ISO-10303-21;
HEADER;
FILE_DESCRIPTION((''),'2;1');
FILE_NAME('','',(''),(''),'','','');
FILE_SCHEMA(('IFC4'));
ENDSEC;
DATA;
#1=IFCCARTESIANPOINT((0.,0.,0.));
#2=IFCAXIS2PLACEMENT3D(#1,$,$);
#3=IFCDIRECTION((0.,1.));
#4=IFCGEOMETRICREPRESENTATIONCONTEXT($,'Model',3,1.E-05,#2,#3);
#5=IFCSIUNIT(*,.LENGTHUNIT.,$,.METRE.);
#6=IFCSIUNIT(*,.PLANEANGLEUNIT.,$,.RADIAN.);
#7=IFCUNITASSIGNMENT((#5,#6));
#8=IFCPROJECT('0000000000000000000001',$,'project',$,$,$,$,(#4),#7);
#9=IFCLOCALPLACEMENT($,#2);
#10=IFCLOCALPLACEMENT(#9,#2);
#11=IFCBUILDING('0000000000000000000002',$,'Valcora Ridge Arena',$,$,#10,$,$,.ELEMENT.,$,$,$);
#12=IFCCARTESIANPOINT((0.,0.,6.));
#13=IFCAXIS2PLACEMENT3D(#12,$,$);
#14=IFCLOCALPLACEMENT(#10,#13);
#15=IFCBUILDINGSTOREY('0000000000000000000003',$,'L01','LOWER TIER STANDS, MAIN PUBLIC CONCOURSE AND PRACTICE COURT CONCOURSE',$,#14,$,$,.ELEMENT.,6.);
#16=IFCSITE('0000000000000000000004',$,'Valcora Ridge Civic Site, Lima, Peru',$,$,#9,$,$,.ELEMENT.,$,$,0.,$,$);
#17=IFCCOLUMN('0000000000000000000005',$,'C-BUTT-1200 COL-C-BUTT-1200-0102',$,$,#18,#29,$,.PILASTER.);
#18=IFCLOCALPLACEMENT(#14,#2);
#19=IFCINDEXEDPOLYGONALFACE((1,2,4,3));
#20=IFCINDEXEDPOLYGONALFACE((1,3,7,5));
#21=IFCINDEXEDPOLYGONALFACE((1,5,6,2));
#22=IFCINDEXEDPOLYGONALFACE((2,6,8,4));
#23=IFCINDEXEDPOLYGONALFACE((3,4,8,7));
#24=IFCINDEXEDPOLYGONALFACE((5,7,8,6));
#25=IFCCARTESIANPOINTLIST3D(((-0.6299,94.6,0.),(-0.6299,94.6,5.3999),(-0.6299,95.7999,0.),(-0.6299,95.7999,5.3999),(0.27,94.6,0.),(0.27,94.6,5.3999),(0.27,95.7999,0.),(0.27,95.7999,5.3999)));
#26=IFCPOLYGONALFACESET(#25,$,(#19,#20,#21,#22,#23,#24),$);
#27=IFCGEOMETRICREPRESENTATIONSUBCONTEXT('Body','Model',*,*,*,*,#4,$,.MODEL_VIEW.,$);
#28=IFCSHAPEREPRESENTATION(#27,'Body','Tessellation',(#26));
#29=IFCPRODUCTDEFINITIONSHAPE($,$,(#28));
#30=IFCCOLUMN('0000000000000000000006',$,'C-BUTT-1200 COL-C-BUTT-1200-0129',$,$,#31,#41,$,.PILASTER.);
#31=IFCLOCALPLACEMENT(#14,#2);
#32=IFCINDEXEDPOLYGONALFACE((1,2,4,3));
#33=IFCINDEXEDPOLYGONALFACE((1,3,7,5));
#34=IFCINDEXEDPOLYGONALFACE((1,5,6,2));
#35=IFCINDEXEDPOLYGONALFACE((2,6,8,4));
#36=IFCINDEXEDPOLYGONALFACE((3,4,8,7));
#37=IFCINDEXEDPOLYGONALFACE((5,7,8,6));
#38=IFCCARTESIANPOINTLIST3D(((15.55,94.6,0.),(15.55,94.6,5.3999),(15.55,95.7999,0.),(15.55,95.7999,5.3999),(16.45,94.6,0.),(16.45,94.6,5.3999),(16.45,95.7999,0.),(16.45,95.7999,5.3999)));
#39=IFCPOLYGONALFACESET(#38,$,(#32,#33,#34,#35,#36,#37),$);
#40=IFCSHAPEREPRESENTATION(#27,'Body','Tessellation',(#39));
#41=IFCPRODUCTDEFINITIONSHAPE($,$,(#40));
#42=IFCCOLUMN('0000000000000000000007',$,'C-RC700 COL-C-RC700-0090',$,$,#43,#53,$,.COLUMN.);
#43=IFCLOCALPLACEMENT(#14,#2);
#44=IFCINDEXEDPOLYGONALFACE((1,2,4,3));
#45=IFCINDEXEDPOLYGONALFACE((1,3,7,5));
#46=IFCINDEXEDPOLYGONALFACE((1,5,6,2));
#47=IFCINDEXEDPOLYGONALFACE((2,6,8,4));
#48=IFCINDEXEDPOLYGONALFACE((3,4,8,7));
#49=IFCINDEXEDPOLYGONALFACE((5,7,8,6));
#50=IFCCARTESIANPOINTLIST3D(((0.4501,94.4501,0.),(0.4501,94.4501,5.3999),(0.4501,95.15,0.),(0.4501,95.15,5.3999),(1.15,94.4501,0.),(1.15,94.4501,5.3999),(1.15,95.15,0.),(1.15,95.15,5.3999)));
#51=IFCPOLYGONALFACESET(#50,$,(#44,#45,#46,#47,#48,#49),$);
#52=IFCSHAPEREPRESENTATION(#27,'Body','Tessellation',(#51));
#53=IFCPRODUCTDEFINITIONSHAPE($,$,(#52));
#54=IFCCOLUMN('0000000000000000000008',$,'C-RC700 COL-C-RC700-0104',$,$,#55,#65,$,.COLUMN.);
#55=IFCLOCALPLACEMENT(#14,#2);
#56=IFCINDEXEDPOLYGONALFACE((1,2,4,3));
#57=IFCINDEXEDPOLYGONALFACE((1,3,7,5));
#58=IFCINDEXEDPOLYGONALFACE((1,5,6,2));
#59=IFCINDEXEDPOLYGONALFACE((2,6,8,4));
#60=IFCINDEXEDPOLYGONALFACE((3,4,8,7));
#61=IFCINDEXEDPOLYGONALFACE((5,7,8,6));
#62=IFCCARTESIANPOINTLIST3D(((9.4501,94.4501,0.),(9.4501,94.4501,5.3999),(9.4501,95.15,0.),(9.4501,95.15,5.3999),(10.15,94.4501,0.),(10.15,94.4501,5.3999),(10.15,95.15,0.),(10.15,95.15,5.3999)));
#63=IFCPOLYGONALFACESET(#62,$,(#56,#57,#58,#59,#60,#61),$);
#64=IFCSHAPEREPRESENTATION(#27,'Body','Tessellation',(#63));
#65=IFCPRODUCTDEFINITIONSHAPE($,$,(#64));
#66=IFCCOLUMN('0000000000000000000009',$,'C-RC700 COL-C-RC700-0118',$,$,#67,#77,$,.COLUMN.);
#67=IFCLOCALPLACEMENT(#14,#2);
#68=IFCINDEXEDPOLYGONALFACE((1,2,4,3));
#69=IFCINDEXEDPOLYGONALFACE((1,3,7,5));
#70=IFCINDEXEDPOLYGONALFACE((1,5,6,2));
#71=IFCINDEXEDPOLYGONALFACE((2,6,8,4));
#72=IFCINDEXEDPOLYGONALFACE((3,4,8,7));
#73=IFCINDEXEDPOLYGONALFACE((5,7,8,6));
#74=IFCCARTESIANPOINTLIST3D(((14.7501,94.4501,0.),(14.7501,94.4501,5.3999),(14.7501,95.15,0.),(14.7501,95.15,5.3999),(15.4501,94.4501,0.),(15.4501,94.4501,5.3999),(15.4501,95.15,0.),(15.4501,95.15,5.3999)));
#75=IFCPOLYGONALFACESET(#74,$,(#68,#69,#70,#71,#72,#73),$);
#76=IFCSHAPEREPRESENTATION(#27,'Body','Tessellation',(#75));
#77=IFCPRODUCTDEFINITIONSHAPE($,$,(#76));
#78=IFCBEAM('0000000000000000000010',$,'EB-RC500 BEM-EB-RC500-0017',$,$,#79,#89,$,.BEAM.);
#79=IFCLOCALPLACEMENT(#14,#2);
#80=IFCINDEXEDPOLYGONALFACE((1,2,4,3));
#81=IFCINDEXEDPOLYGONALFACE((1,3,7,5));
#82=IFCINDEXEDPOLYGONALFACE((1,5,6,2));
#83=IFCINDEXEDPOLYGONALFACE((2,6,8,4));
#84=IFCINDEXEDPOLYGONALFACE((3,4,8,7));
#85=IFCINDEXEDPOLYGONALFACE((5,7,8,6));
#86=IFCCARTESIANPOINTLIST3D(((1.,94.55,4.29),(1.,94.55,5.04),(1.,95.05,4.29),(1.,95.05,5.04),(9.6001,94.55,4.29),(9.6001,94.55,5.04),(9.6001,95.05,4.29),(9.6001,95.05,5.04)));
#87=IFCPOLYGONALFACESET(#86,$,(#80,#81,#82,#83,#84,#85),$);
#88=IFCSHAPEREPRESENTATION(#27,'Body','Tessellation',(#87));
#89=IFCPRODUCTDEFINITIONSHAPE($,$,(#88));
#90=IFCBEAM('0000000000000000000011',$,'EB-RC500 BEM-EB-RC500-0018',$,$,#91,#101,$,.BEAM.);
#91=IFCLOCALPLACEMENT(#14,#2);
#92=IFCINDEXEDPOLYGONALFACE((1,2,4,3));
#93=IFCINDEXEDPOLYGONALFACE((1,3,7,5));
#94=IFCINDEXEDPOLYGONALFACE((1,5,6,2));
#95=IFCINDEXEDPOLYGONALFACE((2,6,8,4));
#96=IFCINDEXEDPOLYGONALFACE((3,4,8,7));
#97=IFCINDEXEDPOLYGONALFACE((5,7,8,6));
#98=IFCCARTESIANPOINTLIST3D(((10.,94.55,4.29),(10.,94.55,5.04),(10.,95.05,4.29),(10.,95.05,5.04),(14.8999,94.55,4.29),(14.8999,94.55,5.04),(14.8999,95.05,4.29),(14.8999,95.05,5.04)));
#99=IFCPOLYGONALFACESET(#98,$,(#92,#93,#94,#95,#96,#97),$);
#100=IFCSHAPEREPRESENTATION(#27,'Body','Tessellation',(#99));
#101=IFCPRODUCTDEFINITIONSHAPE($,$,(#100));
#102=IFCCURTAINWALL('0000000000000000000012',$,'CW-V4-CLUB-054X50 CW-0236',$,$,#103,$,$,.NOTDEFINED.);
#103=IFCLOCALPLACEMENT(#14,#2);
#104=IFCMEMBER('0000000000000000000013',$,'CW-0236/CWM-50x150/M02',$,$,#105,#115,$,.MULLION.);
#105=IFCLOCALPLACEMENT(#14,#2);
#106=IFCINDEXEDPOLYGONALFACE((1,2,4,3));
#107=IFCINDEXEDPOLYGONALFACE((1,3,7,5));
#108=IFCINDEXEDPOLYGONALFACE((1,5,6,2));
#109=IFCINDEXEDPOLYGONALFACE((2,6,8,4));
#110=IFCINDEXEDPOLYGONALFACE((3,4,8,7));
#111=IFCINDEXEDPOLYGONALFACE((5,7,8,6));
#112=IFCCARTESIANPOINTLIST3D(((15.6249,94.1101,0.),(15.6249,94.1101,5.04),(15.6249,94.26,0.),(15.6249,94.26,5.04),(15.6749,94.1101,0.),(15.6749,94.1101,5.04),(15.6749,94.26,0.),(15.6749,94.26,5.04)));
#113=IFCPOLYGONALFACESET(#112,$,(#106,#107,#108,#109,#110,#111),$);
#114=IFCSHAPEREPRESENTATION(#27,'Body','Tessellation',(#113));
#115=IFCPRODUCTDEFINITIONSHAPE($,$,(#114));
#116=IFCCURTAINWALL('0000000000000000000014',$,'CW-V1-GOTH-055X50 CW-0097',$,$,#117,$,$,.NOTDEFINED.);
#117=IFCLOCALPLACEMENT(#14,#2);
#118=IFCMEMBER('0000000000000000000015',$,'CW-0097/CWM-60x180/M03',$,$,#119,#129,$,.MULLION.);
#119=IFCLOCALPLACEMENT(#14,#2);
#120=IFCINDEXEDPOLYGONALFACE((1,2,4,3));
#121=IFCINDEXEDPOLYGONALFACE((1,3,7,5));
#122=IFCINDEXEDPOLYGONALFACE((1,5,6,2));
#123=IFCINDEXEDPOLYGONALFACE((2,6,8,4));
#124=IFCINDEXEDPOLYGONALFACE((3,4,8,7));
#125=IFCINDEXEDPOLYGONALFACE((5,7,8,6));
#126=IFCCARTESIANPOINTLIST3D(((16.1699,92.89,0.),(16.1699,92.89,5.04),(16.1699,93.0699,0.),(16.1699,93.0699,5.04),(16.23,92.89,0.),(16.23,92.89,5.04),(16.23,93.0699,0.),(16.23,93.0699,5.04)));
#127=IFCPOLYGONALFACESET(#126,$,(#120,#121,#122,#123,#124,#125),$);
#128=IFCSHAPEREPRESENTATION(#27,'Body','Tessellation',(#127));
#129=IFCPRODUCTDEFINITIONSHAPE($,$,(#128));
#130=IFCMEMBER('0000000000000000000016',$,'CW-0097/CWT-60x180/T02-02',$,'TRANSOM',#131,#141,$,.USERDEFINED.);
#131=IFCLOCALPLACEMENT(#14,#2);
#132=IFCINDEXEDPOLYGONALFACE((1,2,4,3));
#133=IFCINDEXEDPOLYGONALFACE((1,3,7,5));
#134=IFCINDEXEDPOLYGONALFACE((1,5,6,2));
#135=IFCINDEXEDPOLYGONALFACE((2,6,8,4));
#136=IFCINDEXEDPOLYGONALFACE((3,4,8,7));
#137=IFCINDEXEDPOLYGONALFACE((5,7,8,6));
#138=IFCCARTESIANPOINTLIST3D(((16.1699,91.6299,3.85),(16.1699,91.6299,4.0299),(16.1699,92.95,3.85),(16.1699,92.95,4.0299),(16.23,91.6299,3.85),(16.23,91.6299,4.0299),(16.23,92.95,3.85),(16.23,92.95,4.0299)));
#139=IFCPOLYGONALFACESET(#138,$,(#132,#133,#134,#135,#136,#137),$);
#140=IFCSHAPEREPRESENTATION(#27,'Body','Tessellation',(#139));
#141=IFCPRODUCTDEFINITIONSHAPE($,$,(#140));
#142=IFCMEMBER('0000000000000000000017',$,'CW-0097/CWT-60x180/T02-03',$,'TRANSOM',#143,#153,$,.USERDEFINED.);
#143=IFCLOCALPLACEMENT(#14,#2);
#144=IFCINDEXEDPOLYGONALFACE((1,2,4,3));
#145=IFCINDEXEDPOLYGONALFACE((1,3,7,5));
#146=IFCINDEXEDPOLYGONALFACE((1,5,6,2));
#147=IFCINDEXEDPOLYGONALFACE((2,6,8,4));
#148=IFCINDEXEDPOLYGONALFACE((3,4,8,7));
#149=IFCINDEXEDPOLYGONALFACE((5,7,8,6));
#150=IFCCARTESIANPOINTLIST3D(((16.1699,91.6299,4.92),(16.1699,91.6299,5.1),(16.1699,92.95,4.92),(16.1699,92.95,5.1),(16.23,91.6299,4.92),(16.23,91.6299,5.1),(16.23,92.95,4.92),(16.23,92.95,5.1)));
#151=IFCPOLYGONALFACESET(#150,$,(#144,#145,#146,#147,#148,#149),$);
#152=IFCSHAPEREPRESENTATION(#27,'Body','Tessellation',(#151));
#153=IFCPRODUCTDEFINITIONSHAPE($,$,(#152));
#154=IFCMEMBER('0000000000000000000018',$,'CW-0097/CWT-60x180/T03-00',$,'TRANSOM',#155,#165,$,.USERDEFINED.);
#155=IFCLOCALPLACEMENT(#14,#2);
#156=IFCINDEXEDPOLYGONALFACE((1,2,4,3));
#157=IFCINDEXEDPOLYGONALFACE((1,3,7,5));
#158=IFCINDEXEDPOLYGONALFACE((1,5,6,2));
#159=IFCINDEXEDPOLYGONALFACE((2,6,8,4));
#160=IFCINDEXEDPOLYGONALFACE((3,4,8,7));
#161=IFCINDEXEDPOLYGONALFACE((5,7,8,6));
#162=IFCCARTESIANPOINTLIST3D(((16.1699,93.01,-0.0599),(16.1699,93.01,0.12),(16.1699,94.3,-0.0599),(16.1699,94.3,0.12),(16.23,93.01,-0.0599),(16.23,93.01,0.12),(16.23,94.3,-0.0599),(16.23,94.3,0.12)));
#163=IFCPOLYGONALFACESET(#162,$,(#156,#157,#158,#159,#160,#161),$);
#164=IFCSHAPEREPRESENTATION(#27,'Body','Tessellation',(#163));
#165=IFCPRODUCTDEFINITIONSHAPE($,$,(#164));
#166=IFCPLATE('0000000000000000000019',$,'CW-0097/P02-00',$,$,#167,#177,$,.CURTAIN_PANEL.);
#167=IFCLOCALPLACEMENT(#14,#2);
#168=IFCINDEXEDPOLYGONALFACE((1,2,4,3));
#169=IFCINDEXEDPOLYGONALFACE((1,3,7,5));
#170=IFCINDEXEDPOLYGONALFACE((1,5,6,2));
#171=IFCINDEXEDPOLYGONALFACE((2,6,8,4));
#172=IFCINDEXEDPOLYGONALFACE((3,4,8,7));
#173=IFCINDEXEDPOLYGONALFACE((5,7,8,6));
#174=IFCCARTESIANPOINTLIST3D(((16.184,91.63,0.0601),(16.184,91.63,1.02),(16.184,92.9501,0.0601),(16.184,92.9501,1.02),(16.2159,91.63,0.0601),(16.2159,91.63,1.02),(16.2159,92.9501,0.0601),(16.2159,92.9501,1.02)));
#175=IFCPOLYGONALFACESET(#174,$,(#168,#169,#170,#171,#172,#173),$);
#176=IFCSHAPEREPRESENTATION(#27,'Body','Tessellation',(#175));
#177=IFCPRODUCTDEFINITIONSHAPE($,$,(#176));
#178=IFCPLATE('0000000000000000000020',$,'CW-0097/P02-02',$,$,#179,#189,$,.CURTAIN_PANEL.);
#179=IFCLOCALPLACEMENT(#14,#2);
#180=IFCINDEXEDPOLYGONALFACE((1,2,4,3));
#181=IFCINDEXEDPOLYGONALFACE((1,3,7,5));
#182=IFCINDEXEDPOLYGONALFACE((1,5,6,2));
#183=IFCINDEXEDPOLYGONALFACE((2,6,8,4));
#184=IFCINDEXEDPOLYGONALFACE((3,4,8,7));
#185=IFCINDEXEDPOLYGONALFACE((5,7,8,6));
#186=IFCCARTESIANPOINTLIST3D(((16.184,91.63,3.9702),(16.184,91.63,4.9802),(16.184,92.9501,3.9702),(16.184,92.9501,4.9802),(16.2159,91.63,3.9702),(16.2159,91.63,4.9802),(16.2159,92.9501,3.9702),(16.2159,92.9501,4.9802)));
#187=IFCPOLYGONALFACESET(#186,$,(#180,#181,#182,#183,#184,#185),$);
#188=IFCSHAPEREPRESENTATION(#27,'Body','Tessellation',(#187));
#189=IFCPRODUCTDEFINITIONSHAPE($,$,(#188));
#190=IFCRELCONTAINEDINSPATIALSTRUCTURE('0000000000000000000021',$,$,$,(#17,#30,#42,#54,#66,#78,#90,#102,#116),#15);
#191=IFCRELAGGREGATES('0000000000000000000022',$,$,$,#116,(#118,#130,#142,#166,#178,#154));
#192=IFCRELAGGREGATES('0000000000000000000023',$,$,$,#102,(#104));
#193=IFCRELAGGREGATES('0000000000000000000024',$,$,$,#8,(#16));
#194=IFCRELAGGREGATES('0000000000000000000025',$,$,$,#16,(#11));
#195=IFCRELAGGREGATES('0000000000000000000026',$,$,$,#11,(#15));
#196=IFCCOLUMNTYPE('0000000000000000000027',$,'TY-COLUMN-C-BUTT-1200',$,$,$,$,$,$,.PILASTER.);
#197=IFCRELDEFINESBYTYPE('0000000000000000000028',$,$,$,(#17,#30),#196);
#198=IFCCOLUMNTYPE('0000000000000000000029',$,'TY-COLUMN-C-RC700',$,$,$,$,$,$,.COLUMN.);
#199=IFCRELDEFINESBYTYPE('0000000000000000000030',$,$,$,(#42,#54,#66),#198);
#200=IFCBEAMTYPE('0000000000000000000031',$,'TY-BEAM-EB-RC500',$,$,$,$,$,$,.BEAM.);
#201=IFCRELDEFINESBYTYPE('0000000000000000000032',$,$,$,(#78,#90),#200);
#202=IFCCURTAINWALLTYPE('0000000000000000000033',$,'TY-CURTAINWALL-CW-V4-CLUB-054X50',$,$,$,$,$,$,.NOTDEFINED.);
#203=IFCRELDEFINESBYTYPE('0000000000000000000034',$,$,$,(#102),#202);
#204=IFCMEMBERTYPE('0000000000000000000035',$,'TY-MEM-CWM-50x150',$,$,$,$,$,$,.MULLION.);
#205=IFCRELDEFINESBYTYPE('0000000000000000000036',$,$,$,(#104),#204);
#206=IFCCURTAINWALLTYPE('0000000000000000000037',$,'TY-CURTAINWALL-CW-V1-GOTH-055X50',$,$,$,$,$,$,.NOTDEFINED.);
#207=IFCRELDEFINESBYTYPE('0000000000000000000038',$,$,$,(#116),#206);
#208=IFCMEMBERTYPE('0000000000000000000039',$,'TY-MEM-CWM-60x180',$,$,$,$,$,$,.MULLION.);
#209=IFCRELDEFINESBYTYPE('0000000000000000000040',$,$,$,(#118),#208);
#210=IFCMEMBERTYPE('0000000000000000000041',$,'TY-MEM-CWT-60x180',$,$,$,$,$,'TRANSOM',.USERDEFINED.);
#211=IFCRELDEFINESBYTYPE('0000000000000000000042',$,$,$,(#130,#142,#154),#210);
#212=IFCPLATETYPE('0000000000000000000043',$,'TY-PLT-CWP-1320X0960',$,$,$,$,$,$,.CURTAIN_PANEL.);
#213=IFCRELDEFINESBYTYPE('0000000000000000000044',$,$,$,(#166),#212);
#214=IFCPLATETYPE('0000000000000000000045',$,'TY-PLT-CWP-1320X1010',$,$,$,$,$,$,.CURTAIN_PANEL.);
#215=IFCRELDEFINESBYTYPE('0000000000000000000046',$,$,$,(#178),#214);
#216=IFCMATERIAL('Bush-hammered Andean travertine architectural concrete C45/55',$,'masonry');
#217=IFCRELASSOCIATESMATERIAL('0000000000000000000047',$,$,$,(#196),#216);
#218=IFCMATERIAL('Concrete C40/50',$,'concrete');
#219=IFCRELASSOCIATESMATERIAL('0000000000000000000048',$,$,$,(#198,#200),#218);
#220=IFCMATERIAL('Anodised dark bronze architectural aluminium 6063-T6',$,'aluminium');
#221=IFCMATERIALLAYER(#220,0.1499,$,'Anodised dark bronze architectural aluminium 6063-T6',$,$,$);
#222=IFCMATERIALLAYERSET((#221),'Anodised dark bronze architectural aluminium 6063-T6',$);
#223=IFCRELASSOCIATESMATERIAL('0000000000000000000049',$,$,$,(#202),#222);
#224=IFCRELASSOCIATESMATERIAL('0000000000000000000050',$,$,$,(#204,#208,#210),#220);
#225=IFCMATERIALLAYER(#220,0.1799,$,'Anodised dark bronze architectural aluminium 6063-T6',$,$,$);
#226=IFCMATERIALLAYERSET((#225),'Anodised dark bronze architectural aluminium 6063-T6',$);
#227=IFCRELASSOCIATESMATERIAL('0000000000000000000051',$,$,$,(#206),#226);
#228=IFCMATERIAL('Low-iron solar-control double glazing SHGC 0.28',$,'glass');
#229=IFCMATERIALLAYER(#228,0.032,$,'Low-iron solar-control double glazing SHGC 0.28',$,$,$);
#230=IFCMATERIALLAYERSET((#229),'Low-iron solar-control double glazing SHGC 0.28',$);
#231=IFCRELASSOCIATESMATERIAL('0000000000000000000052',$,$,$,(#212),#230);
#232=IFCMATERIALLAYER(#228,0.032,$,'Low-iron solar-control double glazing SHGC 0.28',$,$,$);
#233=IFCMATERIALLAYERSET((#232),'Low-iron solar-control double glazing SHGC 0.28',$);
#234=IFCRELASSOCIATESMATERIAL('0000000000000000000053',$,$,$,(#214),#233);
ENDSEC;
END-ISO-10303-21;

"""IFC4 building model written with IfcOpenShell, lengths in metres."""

from ifc_helpers import new_model, si_unit, direction, frame, origin, origin_2d, place, context, subcontext, project, spatial, rectangle, extrude, material, layer, layer_set, material_profile, profile_set, type_object, element, aggregate, save


model = new_model("IFC4")

# Units and contexts
model_context = context("Model", 3, precision=1e-05, world=origin(), true_north=direction((0.0, 1.0)))
body_context = subcontext(model_context, "Body", "Model", "MODEL_VIEW")
ifc_project = project(units=[si_unit("LENGTHUNIT", "METRE"), si_unit("PLANEANGLEUNIT", "RADIAN")], contexts=[model_context])

# Site, building, storey
site_placement = place(None, origin())
site = spatial("IfcSite", under=ifc_project, at=site_placement, Name="Valcora Ridge Civic Site, Lima, Peru", CompositionType="ELEMENT", RefElevation=0.0)
building_placement = place(site_placement, origin())
building = spatial("IfcBuilding", under=site, at=building_placement, Name="Valcora Ridge Arena", CompositionType="ELEMENT")
storey_placement = place(building_placement, frame((0.0, 0.0, 6.0)))
storey = spatial("IfcBuildingStorey", under=building, at=storey_placement, Name="L01", Description="LOWER TIER STANDS, MAIN PUBLIC CONCOURSE AND PRACTICE COURT CONCOURSE", CompositionType="ELEMENT", Elevation=6.0)

# Columns
ifc_material_1 = material(Name="Bush-hammered Andean travertine architectural concrete C45/55", Category="masonry")
ifc_material_profile_1 = material_profile(ifc_material_1, rectangle(XDim=0.8999, YDim=1.2, at=origin_2d()), Name="RC 900x1200")
ifc_profile_set_1 = profile_set([ifc_material_profile_1], Name="Bush-hammered Andean travertine architectural concrete C45/55")
column_type_1 = type_object("IfcColumnType", Name="TY-COLUMN-C-BUTT-1200", PredefinedType="PILASTER", material=ifc_profile_set_1)
for number, where, z_axis, x_axis, name in (
    (1, (-0.1799, 95.2, 0.0), (0.0, 0.0, 1.0), (1.0, 0.0, 0.0), "C-BUTT-1200 COL-C-BUTT-1200-0102"),
    (2, (16.0, 95.2, 0.0), (0.0, 0.0, 1.0), (1.0, 0.0, 0.0), "C-BUTT-1200 COL-C-BUTT-1200-0129"),
):
    element("IfcColumn", number, at=place(storey_placement, frame(where, z_axis=z_axis, x_axis=x_axis)), inside=storey, type_object=column_type_1, Name=name, PredefinedType="PILASTER", context=body_context, shape_type="SweptSolid", body=[
        extrude(rectangle(XDim=0.8999, YDim=1.2, at=origin_2d()), origin(), (0.0, 0.0, 1.0), 5.3999),
    ])
ifc_material_2 = material(Name="Concrete C40/50", Category="concrete")
ifc_material_profile_2 = material_profile(ifc_material_2, rectangle(XDim=0.7, YDim=0.7, at=origin_2d()), Name="RC 700x700")
ifc_profile_set_2 = profile_set([ifc_material_profile_2], Name="Concrete C40/50")
column_type_2 = type_object("IfcColumnType", Name="TY-COLUMN-C-RC700", PredefinedType="COLUMN", material=ifc_profile_set_2)
for number, where, z_axis, x_axis, name in (
    (3, (0.8, 94.8, 0.0), (0.0, 0.0, 1.0), (1.0, 0.0, 0.0), "C-RC700 COL-C-RC700-0090"),
    (4, (9.8, 94.8, 0.0), (0.0, 0.0, 1.0), (1.0, 0.0, 0.0), "C-RC700 COL-C-RC700-0104"),
    (5, (15.1001, 94.8, 0.0), (0.0, 0.0, 1.0), (1.0, 0.0, 0.0), "C-RC700 COL-C-RC700-0118"),
):
    element("IfcColumn", number, at=place(storey_placement, frame(where, z_axis=z_axis, x_axis=x_axis)), inside=storey, type_object=column_type_2, Name=name, PredefinedType="COLUMN", context=body_context, shape_type="SweptSolid", body=[
        extrude(rectangle(XDim=0.7, YDim=0.7, at=origin_2d()), origin(), (0.0, 0.0, 1.0), 5.3999),
    ])

# Beams
ifc_material_profile_3 = material_profile(ifc_material_2, rectangle(XDim=0.5, YDim=0.75, at=origin_2d()), Name="RC 500x750")
ifc_profile_set_3 = profile_set([ifc_material_profile_3], Name="Concrete C40/50")
beam_type = type_object("IfcBeamType", Name="TY-BEAM-EB-RC500", PredefinedType="BEAM", material=ifc_profile_set_3)
beam_1_placement = place(storey_placement, frame((1.0, 94.8, 4.665), z_axis=(1.0, 0.0, 0.0), x_axis=(0.0, 1.0, 0.0)))
element("IfcBeam", 6, at=beam_1_placement, inside=storey, type_object=beam_type, Name="EB-RC500 BEM-EB-RC500-0017", PredefinedType="BEAM", context=body_context, shape_type="SweptSolid", body=[
    extrude(rectangle(XDim=0.5, YDim=0.75, at=origin_2d()), origin(), (0.0, 0.0, 1.0), 8.6001),
])
beam_2_placement = place(storey_placement, frame((10.0, 94.8, 4.665), z_axis=(1.0, 0.0, 0.0), x_axis=(0.0, 1.0, 0.0)))
element("IfcBeam", 7, at=beam_2_placement, inside=storey, type_object=beam_type, Name="EB-RC500 BEM-EB-RC500-0018", PredefinedType="BEAM", context=body_context, shape_type="SweptSolid", body=[
    extrude(rectangle(XDim=0.5, YDim=0.75, at=origin_2d()), origin(), (0.0, 0.0, 1.0), 4.8999),
])

# Curtain wall, member
ifc_material_3 = material(Name="Anodised dark bronze architectural aluminium 6063-T6", Category="aluminium")
ifc_layer_1 = layer(ifc_material_3, 0.1499, Name="Anodised dark bronze architectural aluminium 6063-T6")
ifc_layer_set_1 = layer_set([ifc_layer_1], Name="Anodised dark bronze architectural aluminium 6063-T6")
curtain_wall_type_1 = type_object("IfcCurtainWallType", Name="TY-CURTAINWALL-CW-V4-CLUB-054X50", PredefinedType="NOTDEFINED", material=ifc_layer_set_1)
curtain_wall_1_placement = place(storey_placement, origin())
curtain_wall_1 = element("IfcCurtainWall", 8, at=curtain_wall_1_placement, inside=storey, type_object=curtain_wall_type_1, Name="CW-V4-CLUB-054X50 CW-0236", PredefinedType="NOTDEFINED")
ifc_material_profile_4 = material_profile(ifc_material_3, rectangle(XDim=0.05, YDim=0.1499, at=origin_2d()), Name="ALU MULLION 50x150")
ifc_profile_set_4 = profile_set([ifc_material_profile_4], Name="Anodised dark bronze architectural aluminium 6063-T6")
member_type_1 = type_object("IfcMemberType", Name="TY-MEM-CWM-50x150", PredefinedType="MULLION", material=ifc_profile_set_4)
member_1_placement = place(storey_placement, frame((15.6499, 94.1851, 0.0), z_axis=(0.0, 0.0, 1.0), x_axis=(-1.0, 0.0, 0.0)))
member_1 = element("IfcMember", 9, at=member_1_placement, type_object=member_type_1, Name="CW-0236/CWM-50x150/M02", PredefinedType="MULLION", context=body_context, shape_type="SweptSolid", body=[
    extrude(rectangle(XDim=0.05, YDim=0.1499, at=origin_2d()), origin(), (0.0, 0.0, 1.0), 5.04),
])

# Curtain wall, members, plates
ifc_layer_2 = layer(ifc_material_3, 0.1799, Name="Anodised dark bronze architectural aluminium 6063-T6")
ifc_layer_set_2 = layer_set([ifc_layer_2], Name="Anodised dark bronze architectural aluminium 6063-T6")
curtain_wall_type_2 = type_object("IfcCurtainWallType", Name="TY-CURTAINWALL-CW-V1-GOTH-055X50", PredefinedType="NOTDEFINED", material=ifc_layer_set_2)
curtain_wall_2_placement = place(storey_placement, origin())
curtain_wall_2 = element("IfcCurtainWall", 10, at=curtain_wall_2_placement, inside=storey, type_object=curtain_wall_type_2, Name="CW-V1-GOTH-055X50 CW-0097", PredefinedType="NOTDEFINED")
ifc_material_profile_5 = material_profile(ifc_material_3, rectangle(XDim=0.0601, YDim=0.1799, at=origin_2d()), Name="ALU MULLION 60x180")
ifc_profile_set_5 = profile_set([ifc_material_profile_5], Name="Anodised dark bronze architectural aluminium 6063-T6")
member_type_2 = type_object("IfcMemberType", Name="TY-MEM-CWM-60x180", PredefinedType="MULLION", material=ifc_profile_set_5)
member_2_placement = place(storey_placement, frame((16.2, 92.98, 0.0), z_axis=(0.0, 0.0, 1.0), x_axis=(-1.0, 0.0, 0.0)))
member_2 = element("IfcMember", 11, at=member_2_placement, type_object=member_type_2, Name="CW-0097/CWM-60x180/M03", PredefinedType="MULLION", context=body_context, shape_type="SweptSolid", body=[
    extrude(rectangle(XDim=0.0601, YDim=0.1799, at=origin_2d()), origin(), (0.0, 0.0, 1.0), 5.04),
])
ifc_material_profile_6 = material_profile(ifc_material_3, rectangle(XDim=0.0601, YDim=0.1799, at=origin_2d()), Name="ALU TRANSOM 60x180")
ifc_profile_set_6 = profile_set([ifc_material_profile_6], Name="Anodised dark bronze architectural aluminium 6063-T6")
member_type_3 = type_object("IfcMemberType", Name="TY-MEM-CWT-60x180", ElementType="TRANSOM", PredefinedType="USERDEFINED", material=ifc_profile_set_6)
member_3_placement = place(storey_placement, frame((16.2, 91.6299, 3.9399), z_axis=(0.0, 1.0, 0.0), x_axis=(-1.0, 0.0, 0.0)))
member_3 = element("IfcMember", 12, at=member_3_placement, type_object=member_type_3, Name="CW-0097/CWT-60x180/T02-02", ObjectType="TRANSOM", PredefinedType="USERDEFINED", context=body_context, shape_type="SweptSolid", body=[
    extrude(rectangle(XDim=0.0601, YDim=0.1799, at=origin_2d()), origin(), (0.0, 0.0, 1.0), 1.3201),
])
member_4_placement = place(storey_placement, frame((16.2, 91.6299, 5.01), z_axis=(0.0, 1.0, 0.0), x_axis=(-1.0, 0.0, 0.0)))
member_4 = element("IfcMember", 13, at=member_4_placement, type_object=member_type_3, Name="CW-0097/CWT-60x180/T02-03", ObjectType="TRANSOM", PredefinedType="USERDEFINED", context=body_context, shape_type="SweptSolid", body=[
    extrude(rectangle(XDim=0.0601, YDim=0.1799, at=origin_2d()), origin(), (0.0, 0.0, 1.0), 1.3201),
])
member_5_placement = place(storey_placement, frame((16.2, 93.01, 0.03), z_axis=(0.0, 1.0, 0.0), x_axis=(-1.0, 0.0, 0.0)))
member_5 = element("IfcMember", 14, at=member_5_placement, type_object=member_type_3, Name="CW-0097/CWT-60x180/T03-00", ObjectType="TRANSOM", PredefinedType="USERDEFINED", context=body_context, shape_type="SweptSolid", body=[
    extrude(rectangle(XDim=0.0601, YDim=0.1799, at=origin_2d()), origin(), (0.0, 0.0, 1.0), 1.29),
])
ifc_material_4 = material(Name="Low-iron solar-control double glazing SHGC 0.28", Category="glass")
ifc_layer_3 = layer(ifc_material_4, 0.032, Name="Low-iron solar-control double glazing SHGC 0.28")
ifc_layer_set_3 = layer_set([ifc_layer_3], Name="Low-iron solar-control double glazing SHGC 0.28")
plate_type_1 = type_object("IfcPlateType", Name="TY-PLT-CWP-1320X0960", PredefinedType="CURTAIN_PANEL", material=ifc_layer_set_3)
plate_1_placement = place(storey_placement, frame((16.2, 92.29, 0.0601), z_axis=(0.0, 0.0, 1.0), x_axis=(0.0, 1.0, 0.0)))
plate_1 = element("IfcPlate", 15, at=plate_1_placement, type_object=plate_type_1, Name="CW-0097/P02-00", PredefinedType="CURTAIN_PANEL", context=body_context, shape_type="SweptSolid", body=[
    extrude(rectangle(XDim=1.3201, YDim=0.032, at=origin_2d()), origin(), (0.0, 0.0, 1.0), 0.96),
])
ifc_layer_4 = layer(ifc_material_4, 0.032, Name="Low-iron solar-control double glazing SHGC 0.28")
ifc_layer_set_4 = layer_set([ifc_layer_4], Name="Low-iron solar-control double glazing SHGC 0.28")
plate_type_2 = type_object("IfcPlateType", Name="TY-PLT-CWP-1320X1010", PredefinedType="CURTAIN_PANEL", material=ifc_layer_set_4)
plate_2_placement = place(storey_placement, frame((16.2, 92.29, 3.9702), z_axis=(0.0, 0.0, 1.0), x_axis=(0.0, 1.0, 0.0)))
plate_2 = element("IfcPlate", 16, at=plate_2_placement, type_object=plate_type_2, Name="CW-0097/P02-02", PredefinedType="CURTAIN_PANEL", context=body_context, shape_type="SweptSolid", body=[
    extrude(rectangle(XDim=1.3201, YDim=0.032, at=origin_2d()), origin(), (0.0, 0.0, 1.0), 1.01),
])
aggregate(curtain_wall_2, [member_2, member_3, member_4, plate_1, plate_2, member_5])

aggregate(curtain_wall_1, [member_1])

save(model, "model.ifc")
